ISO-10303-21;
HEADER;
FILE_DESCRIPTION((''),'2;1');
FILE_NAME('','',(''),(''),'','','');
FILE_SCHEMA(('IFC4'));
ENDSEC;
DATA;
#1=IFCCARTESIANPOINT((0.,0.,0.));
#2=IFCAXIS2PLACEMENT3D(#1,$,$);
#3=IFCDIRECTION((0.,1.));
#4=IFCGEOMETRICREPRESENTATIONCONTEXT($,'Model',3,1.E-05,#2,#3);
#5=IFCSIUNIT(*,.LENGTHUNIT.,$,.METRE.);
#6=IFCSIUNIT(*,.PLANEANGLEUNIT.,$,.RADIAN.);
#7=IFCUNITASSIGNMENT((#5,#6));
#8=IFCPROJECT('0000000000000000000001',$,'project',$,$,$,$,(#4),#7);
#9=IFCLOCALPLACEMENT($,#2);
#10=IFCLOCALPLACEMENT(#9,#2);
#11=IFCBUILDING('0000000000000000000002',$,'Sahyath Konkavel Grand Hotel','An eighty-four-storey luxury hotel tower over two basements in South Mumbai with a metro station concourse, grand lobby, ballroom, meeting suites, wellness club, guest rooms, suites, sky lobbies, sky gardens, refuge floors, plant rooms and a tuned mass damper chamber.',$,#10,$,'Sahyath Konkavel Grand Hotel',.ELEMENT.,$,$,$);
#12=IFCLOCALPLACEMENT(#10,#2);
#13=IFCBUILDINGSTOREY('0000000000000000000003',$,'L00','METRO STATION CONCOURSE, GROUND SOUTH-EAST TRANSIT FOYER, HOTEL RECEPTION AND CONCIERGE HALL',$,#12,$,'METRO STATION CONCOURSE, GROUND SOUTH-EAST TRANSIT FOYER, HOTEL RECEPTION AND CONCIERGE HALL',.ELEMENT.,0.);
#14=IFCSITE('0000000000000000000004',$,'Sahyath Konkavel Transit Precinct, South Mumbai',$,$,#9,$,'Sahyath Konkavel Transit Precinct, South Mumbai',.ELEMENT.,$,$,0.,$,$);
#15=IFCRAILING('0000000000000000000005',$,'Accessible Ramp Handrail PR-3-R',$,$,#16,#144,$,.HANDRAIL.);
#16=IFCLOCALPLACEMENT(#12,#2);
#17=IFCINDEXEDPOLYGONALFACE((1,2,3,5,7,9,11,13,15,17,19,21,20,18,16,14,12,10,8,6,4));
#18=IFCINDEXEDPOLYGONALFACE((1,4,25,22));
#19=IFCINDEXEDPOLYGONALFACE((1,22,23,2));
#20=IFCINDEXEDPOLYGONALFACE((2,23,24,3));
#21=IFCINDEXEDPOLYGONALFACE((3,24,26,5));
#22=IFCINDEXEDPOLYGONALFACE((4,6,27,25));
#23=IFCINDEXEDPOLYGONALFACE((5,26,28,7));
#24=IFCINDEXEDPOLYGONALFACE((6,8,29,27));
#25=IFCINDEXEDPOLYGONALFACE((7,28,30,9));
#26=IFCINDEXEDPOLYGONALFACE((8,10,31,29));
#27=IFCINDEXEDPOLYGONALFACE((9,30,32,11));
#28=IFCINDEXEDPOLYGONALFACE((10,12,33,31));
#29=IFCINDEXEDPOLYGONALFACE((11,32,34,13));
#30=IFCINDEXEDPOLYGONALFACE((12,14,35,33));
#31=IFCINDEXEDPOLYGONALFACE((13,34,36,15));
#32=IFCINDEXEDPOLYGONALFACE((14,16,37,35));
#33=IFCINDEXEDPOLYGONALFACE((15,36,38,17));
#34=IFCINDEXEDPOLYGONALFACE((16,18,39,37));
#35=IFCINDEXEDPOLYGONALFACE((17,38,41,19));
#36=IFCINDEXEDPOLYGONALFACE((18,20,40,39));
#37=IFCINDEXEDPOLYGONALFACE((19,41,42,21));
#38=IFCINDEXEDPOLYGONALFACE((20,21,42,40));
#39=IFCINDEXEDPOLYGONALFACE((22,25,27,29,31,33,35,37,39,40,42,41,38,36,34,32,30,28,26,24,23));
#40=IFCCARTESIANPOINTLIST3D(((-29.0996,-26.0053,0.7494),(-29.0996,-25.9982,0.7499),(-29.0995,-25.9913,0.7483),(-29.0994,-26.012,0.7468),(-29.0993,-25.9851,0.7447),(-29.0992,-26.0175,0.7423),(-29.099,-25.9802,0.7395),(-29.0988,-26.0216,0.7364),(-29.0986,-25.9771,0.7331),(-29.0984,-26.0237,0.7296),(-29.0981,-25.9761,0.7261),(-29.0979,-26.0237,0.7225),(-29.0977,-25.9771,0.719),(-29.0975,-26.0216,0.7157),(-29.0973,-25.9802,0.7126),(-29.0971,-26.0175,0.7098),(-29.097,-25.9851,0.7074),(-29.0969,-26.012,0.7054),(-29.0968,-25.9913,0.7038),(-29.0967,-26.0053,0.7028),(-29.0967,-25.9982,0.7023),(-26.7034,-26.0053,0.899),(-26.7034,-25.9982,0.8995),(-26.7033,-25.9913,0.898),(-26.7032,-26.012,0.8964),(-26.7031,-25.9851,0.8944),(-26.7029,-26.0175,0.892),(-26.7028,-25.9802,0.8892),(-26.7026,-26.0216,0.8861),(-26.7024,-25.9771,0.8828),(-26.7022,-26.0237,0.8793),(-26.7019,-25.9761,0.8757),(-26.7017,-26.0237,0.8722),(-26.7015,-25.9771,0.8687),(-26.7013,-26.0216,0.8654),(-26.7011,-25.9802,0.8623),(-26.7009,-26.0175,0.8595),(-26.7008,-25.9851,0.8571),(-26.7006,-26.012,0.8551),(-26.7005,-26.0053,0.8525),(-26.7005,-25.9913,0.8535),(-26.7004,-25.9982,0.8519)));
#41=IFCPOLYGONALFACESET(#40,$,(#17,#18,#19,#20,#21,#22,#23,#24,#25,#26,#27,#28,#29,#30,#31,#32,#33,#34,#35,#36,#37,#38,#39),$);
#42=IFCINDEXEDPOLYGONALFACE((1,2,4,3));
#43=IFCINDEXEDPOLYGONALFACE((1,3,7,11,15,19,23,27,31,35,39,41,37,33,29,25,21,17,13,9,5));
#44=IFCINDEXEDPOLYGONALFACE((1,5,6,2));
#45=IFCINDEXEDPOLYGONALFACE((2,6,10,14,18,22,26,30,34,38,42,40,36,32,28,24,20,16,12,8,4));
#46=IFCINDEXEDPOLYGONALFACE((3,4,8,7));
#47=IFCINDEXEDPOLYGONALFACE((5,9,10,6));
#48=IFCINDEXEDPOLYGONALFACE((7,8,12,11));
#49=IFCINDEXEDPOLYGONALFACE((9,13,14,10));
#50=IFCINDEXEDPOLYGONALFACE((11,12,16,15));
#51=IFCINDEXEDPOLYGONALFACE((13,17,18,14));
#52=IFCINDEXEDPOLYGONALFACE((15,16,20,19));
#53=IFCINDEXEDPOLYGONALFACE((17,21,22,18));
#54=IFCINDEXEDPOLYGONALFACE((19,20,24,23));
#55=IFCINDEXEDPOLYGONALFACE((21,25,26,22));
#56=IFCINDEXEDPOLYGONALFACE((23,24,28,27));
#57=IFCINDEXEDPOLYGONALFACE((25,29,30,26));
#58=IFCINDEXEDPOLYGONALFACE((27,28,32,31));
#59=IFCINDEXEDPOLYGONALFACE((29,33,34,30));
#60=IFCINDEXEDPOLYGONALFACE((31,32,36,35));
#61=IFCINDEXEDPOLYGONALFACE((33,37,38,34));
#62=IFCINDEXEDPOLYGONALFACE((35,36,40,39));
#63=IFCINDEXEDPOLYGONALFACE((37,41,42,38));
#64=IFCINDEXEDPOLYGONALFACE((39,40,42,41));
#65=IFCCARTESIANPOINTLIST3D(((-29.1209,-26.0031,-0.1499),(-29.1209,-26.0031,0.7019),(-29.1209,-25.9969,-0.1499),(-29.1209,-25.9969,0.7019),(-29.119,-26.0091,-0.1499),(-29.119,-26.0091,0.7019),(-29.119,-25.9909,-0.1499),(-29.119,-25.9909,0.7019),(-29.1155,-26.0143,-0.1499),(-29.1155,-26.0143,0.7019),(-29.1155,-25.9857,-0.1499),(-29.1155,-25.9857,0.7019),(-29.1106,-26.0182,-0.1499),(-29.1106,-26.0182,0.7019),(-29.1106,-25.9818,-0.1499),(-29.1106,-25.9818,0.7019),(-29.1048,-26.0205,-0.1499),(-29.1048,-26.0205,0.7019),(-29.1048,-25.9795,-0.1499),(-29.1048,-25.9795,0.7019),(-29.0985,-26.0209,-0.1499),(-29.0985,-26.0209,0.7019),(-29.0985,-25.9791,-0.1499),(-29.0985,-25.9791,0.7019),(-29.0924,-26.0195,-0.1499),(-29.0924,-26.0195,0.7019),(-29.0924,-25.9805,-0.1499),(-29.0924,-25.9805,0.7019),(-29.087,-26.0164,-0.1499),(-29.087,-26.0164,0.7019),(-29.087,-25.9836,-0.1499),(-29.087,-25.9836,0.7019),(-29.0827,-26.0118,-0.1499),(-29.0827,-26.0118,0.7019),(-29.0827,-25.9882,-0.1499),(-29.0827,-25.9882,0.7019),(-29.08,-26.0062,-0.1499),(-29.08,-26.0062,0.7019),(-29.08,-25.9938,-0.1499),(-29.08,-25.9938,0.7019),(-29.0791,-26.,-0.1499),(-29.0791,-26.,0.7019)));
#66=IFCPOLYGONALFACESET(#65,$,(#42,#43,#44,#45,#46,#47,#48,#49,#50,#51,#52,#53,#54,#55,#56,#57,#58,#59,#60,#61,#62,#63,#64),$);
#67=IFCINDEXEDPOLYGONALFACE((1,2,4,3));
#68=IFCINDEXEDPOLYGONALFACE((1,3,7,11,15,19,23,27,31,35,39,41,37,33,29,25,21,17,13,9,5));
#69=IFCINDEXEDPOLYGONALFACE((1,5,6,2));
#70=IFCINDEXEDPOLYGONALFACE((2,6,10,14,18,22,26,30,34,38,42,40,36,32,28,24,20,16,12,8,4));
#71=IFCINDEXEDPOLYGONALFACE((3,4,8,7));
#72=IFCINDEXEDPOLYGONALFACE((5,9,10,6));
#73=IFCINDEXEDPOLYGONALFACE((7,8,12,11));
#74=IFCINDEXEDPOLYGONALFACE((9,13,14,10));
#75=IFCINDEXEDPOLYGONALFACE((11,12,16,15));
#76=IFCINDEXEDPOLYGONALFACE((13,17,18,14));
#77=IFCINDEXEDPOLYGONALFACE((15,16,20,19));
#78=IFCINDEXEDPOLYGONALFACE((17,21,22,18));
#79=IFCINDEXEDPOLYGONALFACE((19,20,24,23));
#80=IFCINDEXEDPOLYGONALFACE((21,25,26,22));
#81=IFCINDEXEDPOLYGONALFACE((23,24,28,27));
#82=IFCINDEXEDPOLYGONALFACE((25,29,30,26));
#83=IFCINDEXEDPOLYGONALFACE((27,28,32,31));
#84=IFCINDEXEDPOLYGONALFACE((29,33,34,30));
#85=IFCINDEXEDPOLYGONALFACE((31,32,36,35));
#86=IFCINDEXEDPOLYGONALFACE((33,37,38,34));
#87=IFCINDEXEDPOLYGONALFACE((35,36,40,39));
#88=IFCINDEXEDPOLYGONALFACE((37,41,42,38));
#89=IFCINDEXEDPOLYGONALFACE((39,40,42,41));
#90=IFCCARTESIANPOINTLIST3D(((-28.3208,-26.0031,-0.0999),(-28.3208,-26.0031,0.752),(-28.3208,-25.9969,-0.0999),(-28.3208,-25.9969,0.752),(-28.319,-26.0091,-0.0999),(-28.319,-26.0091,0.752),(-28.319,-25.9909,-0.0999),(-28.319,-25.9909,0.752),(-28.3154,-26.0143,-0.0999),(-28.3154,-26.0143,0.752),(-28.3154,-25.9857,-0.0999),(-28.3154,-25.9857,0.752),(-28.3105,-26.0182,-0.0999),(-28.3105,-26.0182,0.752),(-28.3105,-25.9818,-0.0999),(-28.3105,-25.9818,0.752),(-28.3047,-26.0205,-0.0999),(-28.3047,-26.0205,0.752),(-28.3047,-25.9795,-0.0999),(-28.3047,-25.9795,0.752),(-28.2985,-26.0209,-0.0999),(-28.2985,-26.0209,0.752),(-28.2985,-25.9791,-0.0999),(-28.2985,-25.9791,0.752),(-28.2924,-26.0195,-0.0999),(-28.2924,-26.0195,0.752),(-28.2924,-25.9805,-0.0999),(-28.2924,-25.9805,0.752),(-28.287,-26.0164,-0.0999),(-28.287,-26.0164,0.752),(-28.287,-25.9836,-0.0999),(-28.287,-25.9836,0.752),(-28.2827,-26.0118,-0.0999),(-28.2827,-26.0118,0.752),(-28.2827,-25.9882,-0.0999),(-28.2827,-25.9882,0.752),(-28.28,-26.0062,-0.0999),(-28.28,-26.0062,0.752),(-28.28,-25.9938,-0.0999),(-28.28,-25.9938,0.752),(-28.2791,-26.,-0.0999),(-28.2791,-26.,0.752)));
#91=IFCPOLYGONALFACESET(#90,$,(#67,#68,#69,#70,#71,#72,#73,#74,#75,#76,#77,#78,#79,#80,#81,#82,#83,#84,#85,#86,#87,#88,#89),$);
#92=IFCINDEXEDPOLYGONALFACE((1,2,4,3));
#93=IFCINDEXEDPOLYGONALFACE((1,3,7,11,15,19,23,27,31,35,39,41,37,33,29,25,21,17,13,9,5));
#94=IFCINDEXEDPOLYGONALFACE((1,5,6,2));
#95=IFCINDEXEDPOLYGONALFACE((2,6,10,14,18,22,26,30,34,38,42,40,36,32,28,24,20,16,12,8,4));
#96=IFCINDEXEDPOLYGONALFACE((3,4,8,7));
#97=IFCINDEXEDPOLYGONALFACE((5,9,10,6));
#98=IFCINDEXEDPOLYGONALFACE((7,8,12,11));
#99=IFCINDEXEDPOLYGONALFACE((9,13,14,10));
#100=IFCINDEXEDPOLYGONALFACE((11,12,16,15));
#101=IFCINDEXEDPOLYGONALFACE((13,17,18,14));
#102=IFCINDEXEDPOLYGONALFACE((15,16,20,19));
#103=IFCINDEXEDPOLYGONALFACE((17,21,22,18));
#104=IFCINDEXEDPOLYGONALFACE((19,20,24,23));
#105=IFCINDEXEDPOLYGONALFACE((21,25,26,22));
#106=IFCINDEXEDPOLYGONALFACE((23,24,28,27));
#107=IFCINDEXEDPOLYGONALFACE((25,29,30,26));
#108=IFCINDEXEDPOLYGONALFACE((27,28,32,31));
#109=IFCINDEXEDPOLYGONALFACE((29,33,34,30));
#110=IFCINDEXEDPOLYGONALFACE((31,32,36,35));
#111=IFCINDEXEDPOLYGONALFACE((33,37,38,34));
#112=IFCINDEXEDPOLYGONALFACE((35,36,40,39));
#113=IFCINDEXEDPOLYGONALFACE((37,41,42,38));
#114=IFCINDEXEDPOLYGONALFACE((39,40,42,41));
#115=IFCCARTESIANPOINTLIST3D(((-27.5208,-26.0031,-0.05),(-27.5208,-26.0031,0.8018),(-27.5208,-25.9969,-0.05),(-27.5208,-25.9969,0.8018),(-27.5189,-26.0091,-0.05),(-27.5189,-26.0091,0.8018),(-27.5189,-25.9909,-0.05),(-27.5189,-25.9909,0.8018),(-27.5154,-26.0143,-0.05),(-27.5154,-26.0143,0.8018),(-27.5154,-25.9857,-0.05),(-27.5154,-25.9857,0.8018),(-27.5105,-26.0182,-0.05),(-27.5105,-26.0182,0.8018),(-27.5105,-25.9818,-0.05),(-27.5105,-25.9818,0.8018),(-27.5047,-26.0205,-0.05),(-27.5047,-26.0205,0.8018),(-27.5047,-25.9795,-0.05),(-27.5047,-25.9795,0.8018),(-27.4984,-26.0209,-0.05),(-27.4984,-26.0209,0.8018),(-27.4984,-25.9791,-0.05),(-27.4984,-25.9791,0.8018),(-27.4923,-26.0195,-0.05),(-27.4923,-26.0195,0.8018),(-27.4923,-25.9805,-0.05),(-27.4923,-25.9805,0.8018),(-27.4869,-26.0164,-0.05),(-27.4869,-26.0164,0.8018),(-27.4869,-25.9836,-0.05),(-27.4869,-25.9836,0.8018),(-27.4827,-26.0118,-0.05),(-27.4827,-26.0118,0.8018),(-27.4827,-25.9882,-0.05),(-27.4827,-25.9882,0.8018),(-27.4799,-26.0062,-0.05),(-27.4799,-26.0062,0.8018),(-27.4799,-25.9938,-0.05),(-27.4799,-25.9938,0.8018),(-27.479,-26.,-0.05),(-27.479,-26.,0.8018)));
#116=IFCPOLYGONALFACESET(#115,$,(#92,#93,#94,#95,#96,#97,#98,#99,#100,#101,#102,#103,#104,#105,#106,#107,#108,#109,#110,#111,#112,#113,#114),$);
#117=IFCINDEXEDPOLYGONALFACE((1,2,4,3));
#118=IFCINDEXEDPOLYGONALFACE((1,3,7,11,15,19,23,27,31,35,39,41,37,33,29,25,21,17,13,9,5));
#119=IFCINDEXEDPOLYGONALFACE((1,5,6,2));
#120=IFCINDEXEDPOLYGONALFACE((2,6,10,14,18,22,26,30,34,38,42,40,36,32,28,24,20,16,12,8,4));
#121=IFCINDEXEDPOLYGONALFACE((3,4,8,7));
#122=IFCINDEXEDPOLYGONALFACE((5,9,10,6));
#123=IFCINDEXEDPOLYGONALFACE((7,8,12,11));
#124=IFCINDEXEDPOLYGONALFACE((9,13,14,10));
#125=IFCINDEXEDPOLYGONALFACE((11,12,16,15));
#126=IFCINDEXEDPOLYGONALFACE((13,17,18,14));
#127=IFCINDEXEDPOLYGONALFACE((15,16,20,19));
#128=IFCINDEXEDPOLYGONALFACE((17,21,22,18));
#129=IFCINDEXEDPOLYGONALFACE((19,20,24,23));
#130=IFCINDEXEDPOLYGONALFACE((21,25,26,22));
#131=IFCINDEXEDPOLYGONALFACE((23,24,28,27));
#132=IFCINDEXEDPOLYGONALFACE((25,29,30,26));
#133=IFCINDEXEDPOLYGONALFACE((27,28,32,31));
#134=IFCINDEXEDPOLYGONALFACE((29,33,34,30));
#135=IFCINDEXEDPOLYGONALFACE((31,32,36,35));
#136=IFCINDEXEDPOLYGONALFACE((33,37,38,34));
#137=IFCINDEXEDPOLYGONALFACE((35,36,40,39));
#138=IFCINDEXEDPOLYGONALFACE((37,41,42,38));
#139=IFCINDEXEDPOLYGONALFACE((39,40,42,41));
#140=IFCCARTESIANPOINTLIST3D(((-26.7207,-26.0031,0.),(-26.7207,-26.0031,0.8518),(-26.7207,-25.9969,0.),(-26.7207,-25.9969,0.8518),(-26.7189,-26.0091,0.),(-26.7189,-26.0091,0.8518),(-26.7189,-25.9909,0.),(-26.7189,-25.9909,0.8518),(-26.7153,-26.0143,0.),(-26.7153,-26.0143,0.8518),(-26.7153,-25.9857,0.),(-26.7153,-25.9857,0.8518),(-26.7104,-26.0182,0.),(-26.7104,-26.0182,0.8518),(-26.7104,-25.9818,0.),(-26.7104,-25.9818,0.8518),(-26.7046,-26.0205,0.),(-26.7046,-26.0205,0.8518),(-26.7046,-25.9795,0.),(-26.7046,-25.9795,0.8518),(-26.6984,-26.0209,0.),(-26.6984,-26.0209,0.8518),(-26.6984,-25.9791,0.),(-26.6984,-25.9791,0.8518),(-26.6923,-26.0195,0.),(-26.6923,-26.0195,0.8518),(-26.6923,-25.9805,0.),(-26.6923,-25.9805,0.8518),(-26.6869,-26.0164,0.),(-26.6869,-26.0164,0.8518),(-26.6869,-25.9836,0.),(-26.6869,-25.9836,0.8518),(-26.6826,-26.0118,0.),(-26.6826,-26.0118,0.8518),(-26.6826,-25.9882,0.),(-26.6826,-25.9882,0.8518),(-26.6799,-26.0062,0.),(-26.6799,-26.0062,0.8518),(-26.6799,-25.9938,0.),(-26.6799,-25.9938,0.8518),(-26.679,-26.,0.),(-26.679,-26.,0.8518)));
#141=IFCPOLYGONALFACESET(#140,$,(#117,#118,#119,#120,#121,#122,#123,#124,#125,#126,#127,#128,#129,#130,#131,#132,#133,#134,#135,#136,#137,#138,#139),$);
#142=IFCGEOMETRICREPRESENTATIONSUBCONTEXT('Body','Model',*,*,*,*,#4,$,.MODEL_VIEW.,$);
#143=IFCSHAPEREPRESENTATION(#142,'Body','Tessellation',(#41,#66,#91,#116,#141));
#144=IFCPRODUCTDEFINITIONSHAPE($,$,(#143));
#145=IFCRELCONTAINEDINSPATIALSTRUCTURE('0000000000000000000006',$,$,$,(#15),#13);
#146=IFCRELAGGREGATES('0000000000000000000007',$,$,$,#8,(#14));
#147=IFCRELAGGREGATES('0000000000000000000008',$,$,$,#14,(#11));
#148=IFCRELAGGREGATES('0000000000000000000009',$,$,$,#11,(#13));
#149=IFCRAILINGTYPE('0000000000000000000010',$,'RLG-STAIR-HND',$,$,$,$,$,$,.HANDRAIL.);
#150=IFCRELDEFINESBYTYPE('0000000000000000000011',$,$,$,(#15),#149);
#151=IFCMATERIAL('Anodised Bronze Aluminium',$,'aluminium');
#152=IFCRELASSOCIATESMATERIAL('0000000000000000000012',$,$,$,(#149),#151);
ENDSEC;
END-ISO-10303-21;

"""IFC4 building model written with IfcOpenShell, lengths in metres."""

from ifc_helpers import new_model, si_unit, direction, frame, origin, origin_2d, place, context, subcontext, project, spatial, circle, extrude, material, type_object, element, save


model = new_model("IFC4")

# Units and contexts
model_context = context("Model", 3, precision=1e-05, world=origin(), true_north=direction((0.0, 1.0)))
body_context = subcontext(model_context, "Body", "Model", "MODEL_VIEW")
ifc_project = project(units=[si_unit("LENGTHUNIT", "METRE"), si_unit("PLANEANGLEUNIT", "RADIAN")], contexts=[model_context])

# Site, building, storey
site_placement = place(None, origin())
site = spatial("IfcSite", under=ifc_project, at=site_placement, Name="Sahyath Konkavel Transit Precinct, South Mumbai", LongName="Sahyath Konkavel Transit Precinct, South Mumbai", CompositionType="ELEMENT", RefElevation=0.0)
building_placement = place(site_placement, origin())
building = spatial("IfcBuilding", under=site, at=building_placement, Name="Sahyath Konkavel Grand Hotel", Description="An eighty-four-storey luxury hotel tower over two basements in South Mumbai with a metro station concourse, grand lobby, ballroom, meeting suites, wellness club, guest rooms, suites, sky lobbies, sky gardens, refuge floors, plant rooms and a tuned mass damper chamber.", LongName="Sahyath Konkavel Grand Hotel", CompositionType="ELEMENT")
storey_placement = place(building_placement, origin())
storey = spatial("IfcBuildingStorey", under=building, at=storey_placement, Name="L00", Description="METRO STATION CONCOURSE, GROUND SOUTH-EAST TRANSIT FOYER, HOTEL RECEPTION AND CONCIERGE HALL", LongName="METRO STATION CONCOURSE, GROUND SOUTH-EAST TRANSIT FOYER, HOTEL RECEPTION AND CONCIERGE HALL", CompositionType="ELEMENT", Elevation=0.0)

# Railing
ifc_material_1 = material(Name="Anodised Bronze Aluminium", Category="aluminium")
railing_type_1 = type_object("IfcRailingType", Name="RLG-STAIR-HND", PredefinedType="HANDRAIL", material=ifc_material_1)
for number, where, name in (
    (1, (-29.1001, -26.0, -0.1499), "Accessible Ramp Handrail PR-3-R"),
):
    element("IfcRailing", number, at=place(storey_placement, frame(where)), inside=storey, type_object=railing_type_1, Name=name, PredefinedType="HANDRAIL", context=body_context, shape_type="SweptSolid", body=[
        extrude(circle(Radius=0.0239, at=origin_2d()), frame((0.002, 0.0, 0.876), z_axis=(0.998055, 0.0, 0.062334), x_axis=(0.0, 1.0, 0.0)), (0.0, 0.0, 1.0), 2.4009),
        extrude(circle(Radius=0.021, at=origin_2d()), origin(), (0.0, 0.0, 1.0), 0.8518),
        extrude(circle(Radius=0.021, at=origin_2d()), frame((0.8, 0.0, 0.05)), (0.0, 0.0, 1.0), 0.8518),
        extrude(circle(Radius=0.021, at=origin_2d()), frame((1.6001, 0.0, 0.0999)), (0.0, 0.0, 1.0), 0.8518),
        extrude(circle(Radius=0.021, at=origin_2d()), frame((2.4001, 0.0, 0.1499)), (0.0, 0.0, 1.0), 0.8518),
    ])

save(model, "model.ifc")
